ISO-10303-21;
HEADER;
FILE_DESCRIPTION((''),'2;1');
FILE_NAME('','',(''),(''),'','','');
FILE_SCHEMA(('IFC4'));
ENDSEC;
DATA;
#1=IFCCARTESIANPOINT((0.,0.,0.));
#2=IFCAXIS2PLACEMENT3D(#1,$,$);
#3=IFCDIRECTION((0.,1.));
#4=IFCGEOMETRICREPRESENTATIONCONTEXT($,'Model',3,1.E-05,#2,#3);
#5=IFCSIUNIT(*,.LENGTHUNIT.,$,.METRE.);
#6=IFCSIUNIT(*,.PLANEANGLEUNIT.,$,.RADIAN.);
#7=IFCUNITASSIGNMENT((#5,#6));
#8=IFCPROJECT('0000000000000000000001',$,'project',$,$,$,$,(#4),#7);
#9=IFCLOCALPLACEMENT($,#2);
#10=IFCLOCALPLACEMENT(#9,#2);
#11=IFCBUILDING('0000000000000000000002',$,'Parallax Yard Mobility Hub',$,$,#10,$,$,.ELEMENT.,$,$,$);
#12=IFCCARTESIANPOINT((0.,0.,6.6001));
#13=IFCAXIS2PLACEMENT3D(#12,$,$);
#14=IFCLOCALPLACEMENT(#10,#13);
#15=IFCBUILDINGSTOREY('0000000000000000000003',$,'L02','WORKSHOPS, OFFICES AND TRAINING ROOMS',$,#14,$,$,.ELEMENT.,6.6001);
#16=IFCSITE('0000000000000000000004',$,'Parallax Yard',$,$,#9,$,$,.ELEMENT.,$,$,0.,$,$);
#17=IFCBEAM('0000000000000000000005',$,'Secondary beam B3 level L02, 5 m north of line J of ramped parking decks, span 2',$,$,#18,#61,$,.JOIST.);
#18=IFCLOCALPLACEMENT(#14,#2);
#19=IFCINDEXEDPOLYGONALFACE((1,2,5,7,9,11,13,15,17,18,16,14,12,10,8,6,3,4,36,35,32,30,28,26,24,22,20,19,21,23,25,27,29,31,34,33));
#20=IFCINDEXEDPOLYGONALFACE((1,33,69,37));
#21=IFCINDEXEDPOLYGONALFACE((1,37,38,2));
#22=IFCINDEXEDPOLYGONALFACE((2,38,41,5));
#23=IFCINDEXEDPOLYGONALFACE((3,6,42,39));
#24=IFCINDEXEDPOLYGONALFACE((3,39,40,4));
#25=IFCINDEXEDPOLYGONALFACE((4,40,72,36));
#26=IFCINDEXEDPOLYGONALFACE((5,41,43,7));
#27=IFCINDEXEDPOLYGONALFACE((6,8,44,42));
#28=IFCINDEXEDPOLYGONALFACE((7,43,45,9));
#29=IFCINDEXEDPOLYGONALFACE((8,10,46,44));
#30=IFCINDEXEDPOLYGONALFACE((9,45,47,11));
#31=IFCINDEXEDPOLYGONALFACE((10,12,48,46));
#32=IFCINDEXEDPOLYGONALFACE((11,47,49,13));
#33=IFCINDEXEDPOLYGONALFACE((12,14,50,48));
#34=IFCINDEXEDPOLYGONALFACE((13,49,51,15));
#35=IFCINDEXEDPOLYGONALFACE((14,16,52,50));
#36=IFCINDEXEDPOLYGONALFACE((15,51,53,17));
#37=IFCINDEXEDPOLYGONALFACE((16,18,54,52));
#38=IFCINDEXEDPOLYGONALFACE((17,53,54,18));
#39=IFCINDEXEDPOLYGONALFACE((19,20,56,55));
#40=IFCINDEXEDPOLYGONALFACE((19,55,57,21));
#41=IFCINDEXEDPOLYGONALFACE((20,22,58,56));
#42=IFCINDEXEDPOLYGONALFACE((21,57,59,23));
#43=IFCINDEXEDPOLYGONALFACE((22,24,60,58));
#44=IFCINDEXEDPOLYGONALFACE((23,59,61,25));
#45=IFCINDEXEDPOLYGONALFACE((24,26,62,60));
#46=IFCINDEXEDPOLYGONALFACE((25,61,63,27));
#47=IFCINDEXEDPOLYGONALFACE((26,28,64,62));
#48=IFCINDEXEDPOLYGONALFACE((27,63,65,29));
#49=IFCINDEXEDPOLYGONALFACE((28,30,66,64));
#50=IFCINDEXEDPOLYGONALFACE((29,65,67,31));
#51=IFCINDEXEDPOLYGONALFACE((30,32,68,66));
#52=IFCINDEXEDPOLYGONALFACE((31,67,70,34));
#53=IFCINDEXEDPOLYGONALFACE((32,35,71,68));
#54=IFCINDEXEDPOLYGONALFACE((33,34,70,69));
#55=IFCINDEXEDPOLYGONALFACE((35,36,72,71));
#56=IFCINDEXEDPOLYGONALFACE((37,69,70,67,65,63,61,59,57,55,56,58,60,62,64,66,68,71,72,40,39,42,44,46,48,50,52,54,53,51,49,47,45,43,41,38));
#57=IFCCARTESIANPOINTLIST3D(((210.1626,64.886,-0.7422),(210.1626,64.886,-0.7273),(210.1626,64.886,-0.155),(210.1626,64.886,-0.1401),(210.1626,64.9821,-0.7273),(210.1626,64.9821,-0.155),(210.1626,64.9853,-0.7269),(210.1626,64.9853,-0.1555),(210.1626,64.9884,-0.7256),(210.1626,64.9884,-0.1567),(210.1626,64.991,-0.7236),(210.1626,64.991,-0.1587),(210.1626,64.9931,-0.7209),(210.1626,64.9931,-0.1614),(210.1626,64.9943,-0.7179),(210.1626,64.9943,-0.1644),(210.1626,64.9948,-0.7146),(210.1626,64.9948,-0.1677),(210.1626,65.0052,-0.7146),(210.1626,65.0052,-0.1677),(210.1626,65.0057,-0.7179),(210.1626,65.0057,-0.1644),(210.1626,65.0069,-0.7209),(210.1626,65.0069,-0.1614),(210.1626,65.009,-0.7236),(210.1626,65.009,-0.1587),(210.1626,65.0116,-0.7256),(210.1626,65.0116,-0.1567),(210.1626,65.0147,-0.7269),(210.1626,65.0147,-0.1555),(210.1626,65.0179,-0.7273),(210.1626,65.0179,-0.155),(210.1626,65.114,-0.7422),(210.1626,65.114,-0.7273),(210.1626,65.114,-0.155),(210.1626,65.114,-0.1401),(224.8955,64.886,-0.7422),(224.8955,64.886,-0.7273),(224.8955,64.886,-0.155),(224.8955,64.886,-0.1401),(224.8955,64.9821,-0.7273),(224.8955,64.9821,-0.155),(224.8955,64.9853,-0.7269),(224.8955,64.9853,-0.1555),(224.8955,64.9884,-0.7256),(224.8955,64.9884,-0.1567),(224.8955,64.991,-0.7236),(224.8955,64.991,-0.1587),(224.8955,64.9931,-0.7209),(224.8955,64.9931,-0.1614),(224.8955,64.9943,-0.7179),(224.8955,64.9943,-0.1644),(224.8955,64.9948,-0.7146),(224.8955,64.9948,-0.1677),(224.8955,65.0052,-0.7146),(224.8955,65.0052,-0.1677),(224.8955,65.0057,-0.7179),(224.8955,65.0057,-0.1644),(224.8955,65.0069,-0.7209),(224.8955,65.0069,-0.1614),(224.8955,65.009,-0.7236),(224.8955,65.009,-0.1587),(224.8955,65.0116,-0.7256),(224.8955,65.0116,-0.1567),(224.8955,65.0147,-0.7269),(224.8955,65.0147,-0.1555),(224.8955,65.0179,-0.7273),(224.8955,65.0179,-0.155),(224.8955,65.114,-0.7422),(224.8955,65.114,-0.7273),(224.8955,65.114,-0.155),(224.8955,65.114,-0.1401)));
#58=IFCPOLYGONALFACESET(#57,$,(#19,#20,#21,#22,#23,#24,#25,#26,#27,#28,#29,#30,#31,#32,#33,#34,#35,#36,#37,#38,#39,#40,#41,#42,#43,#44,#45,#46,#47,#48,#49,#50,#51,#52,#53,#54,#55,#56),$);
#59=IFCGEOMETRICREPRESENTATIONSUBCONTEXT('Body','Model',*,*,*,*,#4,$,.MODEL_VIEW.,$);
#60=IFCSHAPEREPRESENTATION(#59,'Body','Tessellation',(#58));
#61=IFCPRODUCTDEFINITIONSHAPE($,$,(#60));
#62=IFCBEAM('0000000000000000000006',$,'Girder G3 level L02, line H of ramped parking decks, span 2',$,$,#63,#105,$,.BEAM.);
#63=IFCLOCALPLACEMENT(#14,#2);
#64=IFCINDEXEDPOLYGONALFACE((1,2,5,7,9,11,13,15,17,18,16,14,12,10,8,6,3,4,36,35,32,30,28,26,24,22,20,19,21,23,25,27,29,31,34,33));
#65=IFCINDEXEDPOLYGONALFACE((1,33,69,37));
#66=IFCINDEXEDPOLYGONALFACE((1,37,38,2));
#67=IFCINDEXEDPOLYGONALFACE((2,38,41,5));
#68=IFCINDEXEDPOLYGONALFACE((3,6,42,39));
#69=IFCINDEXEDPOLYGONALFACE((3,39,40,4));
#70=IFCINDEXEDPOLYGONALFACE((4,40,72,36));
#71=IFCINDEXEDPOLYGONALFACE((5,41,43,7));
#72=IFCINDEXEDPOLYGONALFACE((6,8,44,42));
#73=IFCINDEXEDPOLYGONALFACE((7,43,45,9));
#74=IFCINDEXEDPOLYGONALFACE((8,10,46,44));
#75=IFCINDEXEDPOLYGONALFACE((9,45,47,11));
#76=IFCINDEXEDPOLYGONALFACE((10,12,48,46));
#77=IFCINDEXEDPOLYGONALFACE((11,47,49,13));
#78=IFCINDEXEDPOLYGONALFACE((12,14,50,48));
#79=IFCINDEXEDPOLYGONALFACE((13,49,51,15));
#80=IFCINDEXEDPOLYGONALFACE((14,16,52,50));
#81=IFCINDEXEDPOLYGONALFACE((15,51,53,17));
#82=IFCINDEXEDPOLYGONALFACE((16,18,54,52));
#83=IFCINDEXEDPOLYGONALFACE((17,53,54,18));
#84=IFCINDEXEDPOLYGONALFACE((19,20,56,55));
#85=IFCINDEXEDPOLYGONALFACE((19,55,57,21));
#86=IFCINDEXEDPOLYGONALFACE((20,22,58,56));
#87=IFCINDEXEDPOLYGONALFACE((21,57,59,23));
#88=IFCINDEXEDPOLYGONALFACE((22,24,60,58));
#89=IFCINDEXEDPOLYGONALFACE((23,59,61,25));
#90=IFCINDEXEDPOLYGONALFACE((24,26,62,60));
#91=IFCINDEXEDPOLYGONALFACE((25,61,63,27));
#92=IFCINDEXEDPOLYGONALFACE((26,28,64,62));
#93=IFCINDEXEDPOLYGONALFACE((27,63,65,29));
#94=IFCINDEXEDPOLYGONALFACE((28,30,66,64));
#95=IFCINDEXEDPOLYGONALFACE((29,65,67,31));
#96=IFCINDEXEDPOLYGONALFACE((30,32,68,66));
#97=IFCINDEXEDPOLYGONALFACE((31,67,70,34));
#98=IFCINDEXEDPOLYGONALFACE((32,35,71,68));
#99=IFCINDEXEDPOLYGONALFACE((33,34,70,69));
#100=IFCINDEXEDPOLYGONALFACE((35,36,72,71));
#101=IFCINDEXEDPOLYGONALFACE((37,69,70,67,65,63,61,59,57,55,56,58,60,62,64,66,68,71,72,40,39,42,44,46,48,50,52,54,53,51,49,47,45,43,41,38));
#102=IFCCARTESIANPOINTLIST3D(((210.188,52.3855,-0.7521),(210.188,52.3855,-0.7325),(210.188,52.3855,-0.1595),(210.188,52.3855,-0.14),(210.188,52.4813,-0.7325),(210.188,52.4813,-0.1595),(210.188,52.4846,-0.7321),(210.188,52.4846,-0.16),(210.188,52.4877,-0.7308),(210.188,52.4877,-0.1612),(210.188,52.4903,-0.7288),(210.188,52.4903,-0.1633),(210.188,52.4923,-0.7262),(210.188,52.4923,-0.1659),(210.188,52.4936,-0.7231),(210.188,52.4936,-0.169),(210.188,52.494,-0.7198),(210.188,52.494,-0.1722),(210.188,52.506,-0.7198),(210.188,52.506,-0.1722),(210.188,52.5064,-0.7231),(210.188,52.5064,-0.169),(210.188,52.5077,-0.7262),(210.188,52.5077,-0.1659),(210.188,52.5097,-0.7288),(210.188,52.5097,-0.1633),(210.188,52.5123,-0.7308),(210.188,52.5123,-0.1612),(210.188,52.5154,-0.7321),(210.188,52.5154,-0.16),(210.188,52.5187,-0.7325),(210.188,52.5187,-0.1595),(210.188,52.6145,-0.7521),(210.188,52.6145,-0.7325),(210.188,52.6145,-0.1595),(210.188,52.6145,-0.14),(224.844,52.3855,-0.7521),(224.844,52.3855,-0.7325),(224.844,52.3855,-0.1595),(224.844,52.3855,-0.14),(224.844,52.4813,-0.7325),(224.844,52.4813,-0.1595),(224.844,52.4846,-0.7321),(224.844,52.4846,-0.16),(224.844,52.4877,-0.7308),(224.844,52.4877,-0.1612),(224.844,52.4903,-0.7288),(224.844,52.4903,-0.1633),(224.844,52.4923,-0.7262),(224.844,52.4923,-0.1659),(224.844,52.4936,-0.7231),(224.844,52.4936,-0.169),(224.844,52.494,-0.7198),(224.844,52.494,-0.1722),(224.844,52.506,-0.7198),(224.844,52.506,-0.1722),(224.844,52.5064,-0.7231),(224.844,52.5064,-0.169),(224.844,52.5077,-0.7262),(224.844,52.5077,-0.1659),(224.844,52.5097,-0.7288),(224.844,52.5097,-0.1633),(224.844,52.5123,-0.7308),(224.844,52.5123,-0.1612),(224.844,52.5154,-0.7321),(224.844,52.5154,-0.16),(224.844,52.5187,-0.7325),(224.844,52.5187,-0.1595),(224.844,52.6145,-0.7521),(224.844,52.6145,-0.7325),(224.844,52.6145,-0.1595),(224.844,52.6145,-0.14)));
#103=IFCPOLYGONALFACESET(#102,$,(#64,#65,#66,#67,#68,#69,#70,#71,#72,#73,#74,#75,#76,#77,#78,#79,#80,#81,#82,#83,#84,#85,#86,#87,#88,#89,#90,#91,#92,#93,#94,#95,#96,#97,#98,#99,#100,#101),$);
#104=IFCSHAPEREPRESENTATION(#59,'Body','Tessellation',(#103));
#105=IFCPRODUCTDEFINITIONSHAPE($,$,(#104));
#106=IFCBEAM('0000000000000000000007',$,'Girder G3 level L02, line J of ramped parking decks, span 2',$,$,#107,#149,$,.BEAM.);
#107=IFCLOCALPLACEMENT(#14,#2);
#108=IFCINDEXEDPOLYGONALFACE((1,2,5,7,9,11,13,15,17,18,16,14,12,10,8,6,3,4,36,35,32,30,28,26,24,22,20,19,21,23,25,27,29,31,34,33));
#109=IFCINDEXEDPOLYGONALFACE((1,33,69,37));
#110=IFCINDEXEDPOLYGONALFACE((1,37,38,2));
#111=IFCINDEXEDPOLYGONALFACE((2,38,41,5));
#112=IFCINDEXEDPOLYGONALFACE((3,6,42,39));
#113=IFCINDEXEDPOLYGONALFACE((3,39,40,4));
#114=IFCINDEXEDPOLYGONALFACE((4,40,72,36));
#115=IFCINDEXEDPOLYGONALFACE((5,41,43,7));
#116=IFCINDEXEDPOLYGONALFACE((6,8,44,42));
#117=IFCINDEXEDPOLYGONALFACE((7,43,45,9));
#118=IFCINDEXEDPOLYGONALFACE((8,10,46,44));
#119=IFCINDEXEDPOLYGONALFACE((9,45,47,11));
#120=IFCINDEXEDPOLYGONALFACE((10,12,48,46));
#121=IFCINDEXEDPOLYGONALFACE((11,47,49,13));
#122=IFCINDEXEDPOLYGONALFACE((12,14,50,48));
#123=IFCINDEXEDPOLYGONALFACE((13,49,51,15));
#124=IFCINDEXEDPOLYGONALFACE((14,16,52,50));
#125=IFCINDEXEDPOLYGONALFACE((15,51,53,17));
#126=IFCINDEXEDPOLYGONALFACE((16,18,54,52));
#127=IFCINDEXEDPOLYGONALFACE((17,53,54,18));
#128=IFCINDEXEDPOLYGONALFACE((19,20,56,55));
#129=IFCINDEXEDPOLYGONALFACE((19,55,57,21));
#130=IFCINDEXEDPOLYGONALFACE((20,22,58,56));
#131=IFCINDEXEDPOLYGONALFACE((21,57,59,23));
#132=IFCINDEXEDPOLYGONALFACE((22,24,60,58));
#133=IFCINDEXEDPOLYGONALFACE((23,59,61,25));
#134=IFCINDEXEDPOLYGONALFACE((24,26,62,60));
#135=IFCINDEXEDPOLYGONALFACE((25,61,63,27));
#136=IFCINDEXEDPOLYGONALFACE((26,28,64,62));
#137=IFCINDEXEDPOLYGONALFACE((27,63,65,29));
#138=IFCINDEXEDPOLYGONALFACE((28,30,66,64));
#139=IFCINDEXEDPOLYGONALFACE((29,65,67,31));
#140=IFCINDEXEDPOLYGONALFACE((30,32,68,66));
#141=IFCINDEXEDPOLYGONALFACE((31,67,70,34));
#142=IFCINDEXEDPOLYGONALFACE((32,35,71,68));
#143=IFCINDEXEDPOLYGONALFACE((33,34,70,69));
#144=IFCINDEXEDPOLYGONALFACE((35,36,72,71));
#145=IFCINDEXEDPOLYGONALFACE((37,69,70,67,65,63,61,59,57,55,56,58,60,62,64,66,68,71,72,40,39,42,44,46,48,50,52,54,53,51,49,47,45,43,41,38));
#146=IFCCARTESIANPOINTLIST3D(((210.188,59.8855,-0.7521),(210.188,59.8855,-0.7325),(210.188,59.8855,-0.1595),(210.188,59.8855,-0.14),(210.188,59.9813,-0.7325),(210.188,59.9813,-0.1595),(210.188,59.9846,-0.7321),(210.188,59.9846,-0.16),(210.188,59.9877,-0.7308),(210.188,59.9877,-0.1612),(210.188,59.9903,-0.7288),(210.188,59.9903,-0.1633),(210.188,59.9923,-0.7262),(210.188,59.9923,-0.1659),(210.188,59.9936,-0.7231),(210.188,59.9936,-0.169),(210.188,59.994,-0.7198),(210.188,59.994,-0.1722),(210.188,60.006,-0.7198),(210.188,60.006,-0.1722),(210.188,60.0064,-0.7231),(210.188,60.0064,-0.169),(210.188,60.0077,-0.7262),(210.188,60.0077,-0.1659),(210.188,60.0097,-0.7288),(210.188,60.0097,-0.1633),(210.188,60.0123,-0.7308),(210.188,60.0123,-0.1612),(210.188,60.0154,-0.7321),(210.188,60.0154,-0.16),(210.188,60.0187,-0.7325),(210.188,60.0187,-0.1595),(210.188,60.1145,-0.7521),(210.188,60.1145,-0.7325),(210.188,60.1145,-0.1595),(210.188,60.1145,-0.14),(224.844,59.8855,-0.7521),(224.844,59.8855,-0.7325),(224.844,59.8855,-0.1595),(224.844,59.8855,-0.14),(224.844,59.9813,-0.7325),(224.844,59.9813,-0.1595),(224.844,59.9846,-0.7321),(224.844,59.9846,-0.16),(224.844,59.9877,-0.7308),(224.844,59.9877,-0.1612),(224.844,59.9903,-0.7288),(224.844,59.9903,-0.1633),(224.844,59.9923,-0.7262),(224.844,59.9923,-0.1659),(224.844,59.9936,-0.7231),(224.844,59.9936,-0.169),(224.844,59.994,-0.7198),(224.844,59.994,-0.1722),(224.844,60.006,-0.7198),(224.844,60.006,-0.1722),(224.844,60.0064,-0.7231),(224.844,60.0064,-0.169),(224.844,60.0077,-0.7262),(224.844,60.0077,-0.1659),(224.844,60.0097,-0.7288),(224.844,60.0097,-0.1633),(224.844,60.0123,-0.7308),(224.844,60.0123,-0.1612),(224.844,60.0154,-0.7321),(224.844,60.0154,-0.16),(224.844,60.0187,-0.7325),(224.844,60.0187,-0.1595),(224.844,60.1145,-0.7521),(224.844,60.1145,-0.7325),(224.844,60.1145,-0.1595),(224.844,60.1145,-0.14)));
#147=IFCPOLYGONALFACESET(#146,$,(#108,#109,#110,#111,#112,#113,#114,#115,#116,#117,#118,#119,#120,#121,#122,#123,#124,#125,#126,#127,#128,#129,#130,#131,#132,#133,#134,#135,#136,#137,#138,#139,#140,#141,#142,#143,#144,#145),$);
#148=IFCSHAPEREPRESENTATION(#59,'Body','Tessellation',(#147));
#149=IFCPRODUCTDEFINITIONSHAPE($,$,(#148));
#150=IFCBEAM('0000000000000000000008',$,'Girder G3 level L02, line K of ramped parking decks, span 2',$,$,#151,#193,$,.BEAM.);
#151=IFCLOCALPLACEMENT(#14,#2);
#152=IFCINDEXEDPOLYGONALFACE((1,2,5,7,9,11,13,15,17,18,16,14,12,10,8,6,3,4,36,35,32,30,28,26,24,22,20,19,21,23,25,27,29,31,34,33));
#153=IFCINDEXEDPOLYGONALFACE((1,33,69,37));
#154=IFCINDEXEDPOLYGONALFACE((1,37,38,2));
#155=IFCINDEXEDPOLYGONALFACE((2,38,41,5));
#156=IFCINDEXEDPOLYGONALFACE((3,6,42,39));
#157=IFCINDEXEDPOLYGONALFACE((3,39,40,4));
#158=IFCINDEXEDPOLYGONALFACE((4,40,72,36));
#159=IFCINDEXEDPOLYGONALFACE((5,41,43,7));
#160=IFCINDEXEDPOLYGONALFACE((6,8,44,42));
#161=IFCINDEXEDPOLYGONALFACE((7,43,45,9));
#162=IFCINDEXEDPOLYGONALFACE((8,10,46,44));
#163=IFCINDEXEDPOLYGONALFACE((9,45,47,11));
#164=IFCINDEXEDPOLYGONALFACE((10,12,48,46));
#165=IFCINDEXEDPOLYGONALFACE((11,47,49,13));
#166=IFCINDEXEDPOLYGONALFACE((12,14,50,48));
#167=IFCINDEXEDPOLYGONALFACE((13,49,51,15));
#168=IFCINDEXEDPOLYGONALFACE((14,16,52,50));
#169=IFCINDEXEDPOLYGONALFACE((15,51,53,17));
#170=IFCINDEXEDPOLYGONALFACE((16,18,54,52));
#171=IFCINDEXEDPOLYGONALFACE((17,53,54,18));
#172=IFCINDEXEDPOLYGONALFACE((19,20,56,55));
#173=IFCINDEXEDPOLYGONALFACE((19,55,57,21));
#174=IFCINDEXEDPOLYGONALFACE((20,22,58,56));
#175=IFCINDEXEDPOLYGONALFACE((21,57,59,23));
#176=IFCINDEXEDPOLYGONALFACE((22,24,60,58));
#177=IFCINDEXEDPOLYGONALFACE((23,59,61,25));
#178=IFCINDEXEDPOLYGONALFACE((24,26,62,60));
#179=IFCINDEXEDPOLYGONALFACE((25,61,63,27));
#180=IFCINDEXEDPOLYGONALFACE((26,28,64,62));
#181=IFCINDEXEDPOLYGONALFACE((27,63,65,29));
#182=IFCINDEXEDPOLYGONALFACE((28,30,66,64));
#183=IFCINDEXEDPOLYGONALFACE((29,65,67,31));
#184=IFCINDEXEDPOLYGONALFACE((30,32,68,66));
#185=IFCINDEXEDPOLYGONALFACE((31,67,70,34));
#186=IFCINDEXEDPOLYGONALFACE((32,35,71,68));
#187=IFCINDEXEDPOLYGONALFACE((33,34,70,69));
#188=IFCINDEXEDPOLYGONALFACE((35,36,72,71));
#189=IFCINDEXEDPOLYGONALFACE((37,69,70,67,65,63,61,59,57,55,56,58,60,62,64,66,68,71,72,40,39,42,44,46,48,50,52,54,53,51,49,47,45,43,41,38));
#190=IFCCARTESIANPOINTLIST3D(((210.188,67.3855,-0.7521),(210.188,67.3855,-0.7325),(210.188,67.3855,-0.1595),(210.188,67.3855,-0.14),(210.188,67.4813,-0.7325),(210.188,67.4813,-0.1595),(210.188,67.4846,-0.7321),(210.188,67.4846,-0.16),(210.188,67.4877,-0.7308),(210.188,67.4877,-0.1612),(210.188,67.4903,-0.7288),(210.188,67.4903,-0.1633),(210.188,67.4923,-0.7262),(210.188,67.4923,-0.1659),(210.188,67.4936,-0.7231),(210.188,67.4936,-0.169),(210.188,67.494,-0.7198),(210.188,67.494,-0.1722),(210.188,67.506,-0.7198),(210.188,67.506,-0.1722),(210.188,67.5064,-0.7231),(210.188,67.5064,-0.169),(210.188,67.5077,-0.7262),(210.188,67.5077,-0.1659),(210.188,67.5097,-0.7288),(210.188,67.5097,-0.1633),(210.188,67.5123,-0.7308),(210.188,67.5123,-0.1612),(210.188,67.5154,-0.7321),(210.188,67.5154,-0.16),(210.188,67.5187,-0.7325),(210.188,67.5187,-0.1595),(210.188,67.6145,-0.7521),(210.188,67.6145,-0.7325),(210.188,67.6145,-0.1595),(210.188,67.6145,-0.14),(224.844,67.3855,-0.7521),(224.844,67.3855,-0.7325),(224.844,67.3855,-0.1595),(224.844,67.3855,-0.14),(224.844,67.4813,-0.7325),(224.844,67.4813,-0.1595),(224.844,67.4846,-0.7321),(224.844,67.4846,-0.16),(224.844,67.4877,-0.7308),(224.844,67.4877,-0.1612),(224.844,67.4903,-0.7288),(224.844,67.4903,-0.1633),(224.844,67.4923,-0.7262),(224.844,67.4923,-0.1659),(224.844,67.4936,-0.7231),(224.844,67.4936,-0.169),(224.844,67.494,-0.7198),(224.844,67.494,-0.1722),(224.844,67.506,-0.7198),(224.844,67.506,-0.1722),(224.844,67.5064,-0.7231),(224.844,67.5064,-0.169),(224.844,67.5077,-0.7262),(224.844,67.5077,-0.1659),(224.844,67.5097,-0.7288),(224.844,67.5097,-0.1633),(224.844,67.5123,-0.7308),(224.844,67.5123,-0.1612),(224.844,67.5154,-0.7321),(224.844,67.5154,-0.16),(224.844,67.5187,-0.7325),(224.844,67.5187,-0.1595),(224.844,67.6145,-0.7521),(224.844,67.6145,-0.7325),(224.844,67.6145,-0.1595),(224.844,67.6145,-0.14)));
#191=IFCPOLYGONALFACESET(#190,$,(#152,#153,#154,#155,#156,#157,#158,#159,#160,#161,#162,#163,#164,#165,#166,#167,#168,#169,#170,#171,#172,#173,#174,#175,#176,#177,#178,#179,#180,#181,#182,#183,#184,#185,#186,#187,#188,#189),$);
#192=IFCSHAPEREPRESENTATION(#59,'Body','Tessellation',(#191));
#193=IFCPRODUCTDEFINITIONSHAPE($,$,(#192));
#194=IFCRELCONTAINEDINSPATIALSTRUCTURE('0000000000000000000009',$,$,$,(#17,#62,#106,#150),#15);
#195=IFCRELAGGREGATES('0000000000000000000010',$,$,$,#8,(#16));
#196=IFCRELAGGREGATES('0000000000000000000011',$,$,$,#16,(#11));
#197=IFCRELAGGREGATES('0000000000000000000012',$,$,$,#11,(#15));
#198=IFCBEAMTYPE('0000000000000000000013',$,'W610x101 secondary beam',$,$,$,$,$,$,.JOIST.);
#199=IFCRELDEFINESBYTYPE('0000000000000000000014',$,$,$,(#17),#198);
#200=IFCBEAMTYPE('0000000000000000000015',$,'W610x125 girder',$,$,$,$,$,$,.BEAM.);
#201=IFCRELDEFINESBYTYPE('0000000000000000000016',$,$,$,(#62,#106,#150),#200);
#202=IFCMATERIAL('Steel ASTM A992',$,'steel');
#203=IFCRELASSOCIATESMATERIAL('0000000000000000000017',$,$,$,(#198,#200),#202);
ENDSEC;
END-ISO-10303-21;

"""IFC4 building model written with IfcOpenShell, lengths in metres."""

from ifc_helpers import new_model, si_unit, direction, frame, origin, origin_2d, place, context, subcontext, project, spatial, i_section, extrude, material, material_profile, profile_set, type_object, element, save


model = new_model("IFC4")

# Units and contexts
model_context = context("Model", 3, precision=1e-05, world=origin(), true_north=direction((0.0, 1.0)))
body_context = subcontext(model_context, "Body", "Model", "MODEL_VIEW")
ifc_project = project(units=[si_unit("LENGTHUNIT", "METRE"), si_unit("PLANEANGLEUNIT", "RADIAN")], contexts=[model_context])

# Site, building, storey
site_placement = place(None, origin())
site = spatial("IfcSite", under=ifc_project, at=site_placement, Name="Parallax Yard", CompositionType="ELEMENT", RefElevation=0.0)
building_placement = place(site_placement, origin())
building = spatial("IfcBuilding", under=site, at=building_placement, Name="Parallax Yard Mobility Hub", CompositionType="ELEMENT")
storey_placement = place(building_placement, frame((0.0, 0.0, 6.6001)))
storey = spatial("IfcBuildingStorey", under=building, at=storey_placement, Name="L02", Description="WORKSHOPS, OFFICES AND TRAINING ROOMS", CompositionType="ELEMENT", Elevation=6.6001)

# Shared definitions
ifc_material_1 = material(Name="Steel ASTM A992", Category="steel")

# Beams
ifc_material_profile_1 = material_profile(ifc_material_1, i_section(OverallWidth=0.228, OverallDepth=0.6021, WebThickness=0.0105, FlangeThickness=0.0149, FilletRadius=0.0127, at=origin_2d()), Name="W610x101")
ifc_profile_set_1 = profile_set([ifc_material_profile_1], Name="Steel ASTM A992")
beam_type_1 = type_object("IfcBeamType", Name="W610x101 secondary beam", PredefinedType="JOIST", material=ifc_profile_set_1)
for number, where, z_axis, x_axis, name in (
    (1, (210.1626, 65.0, -0.4412), (1.0, 0.0, 0.0), (0.0, 1.0, 0.0), "Secondary beam B3 level L02, 5 m north of line J of ramped parking decks, span 2"),
):
    element("IfcBeam", number, at=place(storey_placement, frame(where, z_axis=z_axis, x_axis=x_axis)), inside=storey, type_object=beam_type_1, Name=name, PredefinedType="JOIST", context=body_context, shape_type="SweptSolid", body=[
        extrude(i_section(OverallWidth=0.228, OverallDepth=0.6021, WebThickness=0.0105, FlangeThickness=0.0149, FilletRadius=0.0127, at=origin_2d()), origin(), (0.0, 0.0, 1.0), 14.7329),
    ])
ifc_material_profile_2 = material_profile(ifc_material_1, i_section(OverallWidth=0.229, OverallDepth=0.6121, WebThickness=0.012, FlangeThickness=0.0195, FilletRadius=0.0127, at=origin_2d()), Name="W610x125")
ifc_profile_set_2 = profile_set([ifc_material_profile_2], Name="Steel ASTM A992")
beam_type_2 = type_object("IfcBeamType", Name="W610x125 girder", PredefinedType="BEAM", material=ifc_profile_set_2)
for number, where, z_axis, x_axis, name in (
    (2, (210.188, 52.5, -0.446), (1.0, 0.0, 0.0), (0.0, 1.0, 0.0), "Girder G3 level L02, line H of ramped parking decks, span 2"),
    (3, (210.188, 60.0, -0.446), (1.0, 0.0, 0.0), (0.0, 1.0, 0.0), "Girder G3 level L02, line J of ramped parking decks, span 2"),
    (4, (210.188, 67.5, -0.446), (1.0, 0.0, 0.0), (0.0, 1.0, 0.0), "Girder G3 level L02, line K of ramped parking decks, span 2"),
):
    element("IfcBeam", number, at=place(storey_placement, frame(where, z_axis=z_axis, x_axis=x_axis)), inside=storey, type_object=beam_type_2, Name=name, PredefinedType="BEAM", context=body_context, shape_type="SweptSolid", body=[
        extrude(i_section(OverallWidth=0.229, OverallDepth=0.6121, WebThickness=0.012, FlangeThickness=0.0195, FilletRadius=0.0127, at=origin_2d()), origin(), (0.0, 0.0, 1.0), 14.656),
    ])

save(model, "model.ifc")
